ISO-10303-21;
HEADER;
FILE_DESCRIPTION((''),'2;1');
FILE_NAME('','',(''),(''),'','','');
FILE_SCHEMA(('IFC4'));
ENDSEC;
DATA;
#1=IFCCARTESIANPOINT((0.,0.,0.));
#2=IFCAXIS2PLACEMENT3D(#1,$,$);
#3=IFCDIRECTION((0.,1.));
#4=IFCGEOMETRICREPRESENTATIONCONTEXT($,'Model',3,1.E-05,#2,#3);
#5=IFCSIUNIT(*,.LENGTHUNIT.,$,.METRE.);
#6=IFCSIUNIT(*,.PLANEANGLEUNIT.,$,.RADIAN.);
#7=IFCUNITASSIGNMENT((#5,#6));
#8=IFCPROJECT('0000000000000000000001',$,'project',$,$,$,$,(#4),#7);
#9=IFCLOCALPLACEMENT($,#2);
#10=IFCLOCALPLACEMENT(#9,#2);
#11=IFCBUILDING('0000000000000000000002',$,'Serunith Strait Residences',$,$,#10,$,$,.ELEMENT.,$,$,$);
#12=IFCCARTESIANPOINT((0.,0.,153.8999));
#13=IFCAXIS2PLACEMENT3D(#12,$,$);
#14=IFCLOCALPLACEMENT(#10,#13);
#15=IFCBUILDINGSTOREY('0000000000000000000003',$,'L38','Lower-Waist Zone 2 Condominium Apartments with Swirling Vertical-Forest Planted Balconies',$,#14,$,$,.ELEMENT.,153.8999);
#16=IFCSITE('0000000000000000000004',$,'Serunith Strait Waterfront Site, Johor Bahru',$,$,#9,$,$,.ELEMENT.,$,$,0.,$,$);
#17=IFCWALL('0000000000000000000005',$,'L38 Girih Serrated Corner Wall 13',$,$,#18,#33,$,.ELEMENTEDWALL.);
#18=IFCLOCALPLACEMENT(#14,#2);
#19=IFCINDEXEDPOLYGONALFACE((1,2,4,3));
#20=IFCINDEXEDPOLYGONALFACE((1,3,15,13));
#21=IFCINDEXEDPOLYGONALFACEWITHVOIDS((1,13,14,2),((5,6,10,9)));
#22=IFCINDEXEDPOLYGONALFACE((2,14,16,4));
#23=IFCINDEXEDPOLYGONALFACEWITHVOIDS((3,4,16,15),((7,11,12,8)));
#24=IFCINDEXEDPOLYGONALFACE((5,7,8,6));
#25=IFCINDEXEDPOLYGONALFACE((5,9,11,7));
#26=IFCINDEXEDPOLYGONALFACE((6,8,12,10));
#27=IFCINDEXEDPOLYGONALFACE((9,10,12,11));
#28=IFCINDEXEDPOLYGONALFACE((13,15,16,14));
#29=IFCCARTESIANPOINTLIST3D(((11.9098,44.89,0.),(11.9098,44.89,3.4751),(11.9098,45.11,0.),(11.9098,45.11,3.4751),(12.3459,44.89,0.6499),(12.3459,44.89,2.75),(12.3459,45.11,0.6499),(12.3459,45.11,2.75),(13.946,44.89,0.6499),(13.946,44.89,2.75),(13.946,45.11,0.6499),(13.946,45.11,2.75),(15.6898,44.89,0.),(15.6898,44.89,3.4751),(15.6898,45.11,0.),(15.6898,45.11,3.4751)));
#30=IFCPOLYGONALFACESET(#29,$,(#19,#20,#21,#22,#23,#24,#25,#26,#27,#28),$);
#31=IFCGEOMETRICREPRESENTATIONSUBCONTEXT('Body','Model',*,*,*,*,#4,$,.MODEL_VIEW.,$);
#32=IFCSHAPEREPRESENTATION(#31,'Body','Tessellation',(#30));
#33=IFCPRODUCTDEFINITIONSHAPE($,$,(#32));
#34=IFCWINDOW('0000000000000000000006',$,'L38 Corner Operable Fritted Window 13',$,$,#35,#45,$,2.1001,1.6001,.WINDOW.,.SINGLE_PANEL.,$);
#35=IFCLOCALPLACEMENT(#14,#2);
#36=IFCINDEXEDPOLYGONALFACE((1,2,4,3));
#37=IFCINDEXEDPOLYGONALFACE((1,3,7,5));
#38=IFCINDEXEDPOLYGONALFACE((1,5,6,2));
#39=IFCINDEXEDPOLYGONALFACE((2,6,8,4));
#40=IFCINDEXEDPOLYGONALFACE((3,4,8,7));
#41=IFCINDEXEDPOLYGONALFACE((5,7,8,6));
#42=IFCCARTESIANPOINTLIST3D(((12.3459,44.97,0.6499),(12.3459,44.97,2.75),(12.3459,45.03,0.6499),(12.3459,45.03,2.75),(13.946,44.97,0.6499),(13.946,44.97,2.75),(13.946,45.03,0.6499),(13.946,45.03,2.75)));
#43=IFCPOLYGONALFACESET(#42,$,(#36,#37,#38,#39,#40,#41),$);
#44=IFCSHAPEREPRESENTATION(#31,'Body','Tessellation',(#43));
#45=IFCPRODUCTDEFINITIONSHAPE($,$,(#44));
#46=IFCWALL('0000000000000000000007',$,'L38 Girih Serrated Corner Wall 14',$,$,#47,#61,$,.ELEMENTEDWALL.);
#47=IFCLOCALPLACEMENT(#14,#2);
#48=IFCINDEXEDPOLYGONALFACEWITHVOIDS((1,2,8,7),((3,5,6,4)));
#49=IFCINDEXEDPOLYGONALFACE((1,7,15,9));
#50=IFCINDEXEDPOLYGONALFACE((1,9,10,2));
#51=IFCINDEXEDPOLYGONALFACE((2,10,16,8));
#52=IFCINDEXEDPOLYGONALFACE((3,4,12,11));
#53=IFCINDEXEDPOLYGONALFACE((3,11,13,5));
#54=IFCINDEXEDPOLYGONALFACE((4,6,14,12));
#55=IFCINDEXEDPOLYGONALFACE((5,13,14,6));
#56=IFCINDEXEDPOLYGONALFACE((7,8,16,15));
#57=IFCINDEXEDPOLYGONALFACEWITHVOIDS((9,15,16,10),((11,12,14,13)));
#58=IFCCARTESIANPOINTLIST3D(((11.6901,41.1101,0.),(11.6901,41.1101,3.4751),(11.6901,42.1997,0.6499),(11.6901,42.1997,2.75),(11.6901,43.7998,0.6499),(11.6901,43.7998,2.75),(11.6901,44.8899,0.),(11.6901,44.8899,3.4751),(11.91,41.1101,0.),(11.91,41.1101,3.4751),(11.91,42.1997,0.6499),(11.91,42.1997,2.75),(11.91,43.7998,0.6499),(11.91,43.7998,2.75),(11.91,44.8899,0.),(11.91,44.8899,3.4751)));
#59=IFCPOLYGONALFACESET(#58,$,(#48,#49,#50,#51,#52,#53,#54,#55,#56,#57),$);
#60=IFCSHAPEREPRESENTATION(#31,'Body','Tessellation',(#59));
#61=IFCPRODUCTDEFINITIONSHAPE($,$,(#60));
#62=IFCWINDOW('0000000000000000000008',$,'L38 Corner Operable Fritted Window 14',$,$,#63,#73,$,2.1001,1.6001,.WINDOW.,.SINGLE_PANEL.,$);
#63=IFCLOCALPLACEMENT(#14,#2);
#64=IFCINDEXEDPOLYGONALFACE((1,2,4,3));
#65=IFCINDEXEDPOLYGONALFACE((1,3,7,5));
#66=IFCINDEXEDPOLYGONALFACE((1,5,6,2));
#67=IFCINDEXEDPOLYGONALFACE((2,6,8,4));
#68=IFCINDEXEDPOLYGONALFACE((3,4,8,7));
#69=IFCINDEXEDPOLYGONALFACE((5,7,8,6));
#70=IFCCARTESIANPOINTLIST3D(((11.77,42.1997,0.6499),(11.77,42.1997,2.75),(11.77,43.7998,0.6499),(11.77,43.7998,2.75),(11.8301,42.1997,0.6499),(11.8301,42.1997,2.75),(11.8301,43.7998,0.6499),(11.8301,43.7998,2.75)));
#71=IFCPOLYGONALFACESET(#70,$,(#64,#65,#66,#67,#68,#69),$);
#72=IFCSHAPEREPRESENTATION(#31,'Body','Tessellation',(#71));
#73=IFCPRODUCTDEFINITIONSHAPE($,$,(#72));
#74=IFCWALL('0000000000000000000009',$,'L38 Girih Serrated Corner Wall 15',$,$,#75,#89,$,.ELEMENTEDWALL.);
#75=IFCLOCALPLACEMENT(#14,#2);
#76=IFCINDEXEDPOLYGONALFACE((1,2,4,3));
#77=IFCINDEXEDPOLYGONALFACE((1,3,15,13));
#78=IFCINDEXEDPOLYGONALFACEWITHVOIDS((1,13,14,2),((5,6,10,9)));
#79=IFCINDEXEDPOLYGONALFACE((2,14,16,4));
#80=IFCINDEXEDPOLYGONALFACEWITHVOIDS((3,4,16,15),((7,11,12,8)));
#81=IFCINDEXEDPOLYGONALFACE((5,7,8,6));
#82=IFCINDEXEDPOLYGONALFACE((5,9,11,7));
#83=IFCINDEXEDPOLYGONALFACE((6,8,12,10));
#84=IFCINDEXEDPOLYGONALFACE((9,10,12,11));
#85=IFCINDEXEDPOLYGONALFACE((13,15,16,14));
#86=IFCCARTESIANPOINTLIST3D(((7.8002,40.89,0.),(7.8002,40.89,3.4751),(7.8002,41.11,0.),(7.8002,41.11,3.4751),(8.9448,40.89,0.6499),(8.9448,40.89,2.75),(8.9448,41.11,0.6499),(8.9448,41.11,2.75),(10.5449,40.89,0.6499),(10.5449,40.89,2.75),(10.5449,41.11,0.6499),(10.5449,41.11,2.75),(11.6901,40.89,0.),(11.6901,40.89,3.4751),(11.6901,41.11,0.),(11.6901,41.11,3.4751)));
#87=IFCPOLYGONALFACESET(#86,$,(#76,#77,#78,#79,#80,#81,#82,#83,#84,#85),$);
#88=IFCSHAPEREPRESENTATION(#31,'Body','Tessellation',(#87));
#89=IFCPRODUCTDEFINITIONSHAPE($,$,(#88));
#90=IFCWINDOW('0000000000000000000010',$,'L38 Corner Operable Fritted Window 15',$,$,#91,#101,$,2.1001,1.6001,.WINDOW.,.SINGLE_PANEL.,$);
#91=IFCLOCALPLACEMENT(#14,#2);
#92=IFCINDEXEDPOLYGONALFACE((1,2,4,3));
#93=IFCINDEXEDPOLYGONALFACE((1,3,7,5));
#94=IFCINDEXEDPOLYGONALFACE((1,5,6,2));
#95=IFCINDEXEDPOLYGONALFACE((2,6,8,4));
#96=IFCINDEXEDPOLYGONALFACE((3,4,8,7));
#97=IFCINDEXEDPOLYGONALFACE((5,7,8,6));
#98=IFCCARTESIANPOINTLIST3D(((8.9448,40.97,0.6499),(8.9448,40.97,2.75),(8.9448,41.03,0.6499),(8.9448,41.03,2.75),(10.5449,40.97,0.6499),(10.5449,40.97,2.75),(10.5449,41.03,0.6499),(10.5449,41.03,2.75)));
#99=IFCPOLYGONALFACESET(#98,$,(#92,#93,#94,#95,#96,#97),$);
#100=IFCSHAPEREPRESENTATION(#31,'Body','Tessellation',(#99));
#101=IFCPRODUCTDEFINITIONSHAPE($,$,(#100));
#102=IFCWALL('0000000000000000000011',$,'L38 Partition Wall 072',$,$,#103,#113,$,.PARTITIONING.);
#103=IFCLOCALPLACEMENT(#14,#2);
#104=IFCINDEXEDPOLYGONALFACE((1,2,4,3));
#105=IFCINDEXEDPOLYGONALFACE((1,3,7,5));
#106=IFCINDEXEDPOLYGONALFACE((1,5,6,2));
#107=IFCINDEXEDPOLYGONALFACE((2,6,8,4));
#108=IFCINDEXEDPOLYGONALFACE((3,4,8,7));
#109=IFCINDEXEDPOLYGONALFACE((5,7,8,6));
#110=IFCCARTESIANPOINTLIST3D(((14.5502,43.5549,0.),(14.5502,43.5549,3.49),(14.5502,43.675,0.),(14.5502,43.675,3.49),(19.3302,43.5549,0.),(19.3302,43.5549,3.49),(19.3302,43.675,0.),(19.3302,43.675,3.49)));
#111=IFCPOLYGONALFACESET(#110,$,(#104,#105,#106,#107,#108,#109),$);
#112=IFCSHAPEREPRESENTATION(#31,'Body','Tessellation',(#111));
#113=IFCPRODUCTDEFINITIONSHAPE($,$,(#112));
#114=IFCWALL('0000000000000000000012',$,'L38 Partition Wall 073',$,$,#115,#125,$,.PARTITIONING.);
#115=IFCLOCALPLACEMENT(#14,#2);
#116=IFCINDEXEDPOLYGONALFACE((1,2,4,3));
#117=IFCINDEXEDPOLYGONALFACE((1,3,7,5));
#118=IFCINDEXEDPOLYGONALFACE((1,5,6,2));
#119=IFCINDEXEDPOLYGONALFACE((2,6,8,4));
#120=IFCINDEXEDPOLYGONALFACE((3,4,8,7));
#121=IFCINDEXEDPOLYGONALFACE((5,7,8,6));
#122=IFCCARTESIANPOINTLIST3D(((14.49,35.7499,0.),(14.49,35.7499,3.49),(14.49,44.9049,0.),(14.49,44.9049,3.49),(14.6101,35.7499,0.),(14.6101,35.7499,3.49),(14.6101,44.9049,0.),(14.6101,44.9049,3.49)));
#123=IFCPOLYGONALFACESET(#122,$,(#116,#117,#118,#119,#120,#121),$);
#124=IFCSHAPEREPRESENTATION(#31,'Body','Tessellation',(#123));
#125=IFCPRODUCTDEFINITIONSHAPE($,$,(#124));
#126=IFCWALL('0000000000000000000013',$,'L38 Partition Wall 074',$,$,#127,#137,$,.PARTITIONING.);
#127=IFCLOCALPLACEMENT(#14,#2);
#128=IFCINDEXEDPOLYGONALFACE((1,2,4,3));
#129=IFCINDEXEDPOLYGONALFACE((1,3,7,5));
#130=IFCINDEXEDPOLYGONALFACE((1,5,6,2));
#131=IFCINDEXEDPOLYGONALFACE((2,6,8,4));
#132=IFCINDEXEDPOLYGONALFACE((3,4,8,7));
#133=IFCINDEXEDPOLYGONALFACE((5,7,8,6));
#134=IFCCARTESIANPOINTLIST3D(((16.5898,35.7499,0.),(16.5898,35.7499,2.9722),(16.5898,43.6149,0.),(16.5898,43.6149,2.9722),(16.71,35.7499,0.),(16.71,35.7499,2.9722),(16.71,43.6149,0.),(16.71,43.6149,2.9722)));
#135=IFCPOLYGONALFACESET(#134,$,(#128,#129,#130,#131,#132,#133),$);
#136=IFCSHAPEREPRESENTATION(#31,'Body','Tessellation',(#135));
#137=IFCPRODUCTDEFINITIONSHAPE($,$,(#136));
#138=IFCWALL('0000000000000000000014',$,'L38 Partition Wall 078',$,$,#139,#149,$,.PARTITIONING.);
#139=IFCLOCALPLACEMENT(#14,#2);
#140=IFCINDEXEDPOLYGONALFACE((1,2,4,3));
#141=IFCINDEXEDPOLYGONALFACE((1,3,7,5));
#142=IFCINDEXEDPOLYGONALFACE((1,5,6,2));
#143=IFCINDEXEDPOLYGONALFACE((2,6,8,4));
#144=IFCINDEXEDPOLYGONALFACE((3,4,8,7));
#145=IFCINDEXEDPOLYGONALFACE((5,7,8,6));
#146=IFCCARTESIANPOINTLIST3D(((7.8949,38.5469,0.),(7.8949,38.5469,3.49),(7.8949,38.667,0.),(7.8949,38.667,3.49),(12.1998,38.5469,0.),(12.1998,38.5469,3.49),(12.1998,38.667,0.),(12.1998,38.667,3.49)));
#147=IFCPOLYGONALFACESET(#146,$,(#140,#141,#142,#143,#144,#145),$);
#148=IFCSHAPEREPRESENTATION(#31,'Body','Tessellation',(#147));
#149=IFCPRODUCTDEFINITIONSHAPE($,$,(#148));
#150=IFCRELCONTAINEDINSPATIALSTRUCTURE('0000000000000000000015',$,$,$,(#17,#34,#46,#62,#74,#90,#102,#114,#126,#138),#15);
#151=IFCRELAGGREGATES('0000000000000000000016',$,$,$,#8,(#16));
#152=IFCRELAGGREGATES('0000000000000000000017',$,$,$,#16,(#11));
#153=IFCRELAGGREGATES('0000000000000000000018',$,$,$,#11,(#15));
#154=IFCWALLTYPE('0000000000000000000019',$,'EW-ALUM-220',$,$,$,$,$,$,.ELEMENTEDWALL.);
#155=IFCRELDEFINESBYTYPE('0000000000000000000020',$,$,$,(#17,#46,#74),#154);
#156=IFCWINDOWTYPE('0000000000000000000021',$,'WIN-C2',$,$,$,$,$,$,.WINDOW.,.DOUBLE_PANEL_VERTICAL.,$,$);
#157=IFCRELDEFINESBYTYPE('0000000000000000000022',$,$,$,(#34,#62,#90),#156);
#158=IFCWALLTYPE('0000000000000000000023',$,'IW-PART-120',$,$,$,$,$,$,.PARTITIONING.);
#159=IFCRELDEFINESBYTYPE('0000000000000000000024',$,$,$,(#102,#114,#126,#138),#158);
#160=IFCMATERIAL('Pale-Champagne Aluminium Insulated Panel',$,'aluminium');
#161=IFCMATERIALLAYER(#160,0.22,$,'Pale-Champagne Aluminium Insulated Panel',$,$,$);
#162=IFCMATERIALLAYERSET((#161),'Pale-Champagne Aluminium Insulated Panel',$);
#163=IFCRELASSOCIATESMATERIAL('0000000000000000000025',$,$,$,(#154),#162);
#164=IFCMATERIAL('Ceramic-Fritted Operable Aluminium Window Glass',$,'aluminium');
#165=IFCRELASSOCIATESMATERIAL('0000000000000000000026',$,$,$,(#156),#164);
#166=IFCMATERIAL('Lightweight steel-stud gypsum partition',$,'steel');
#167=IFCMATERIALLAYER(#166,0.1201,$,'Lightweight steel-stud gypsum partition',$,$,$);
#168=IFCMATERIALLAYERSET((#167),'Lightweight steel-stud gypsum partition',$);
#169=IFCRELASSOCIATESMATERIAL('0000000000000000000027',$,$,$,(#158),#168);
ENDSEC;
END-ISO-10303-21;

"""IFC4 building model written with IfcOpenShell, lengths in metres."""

from ifc_helpers import new_model, si_unit, direction, frame, frame_2d, origin, place, context, subcontext, project, spatial, rectangle, extrude, source, transform, mapped, material, layer, layer_set, type_object, element, fill, save


model = new_model("IFC4")

# Units and contexts
model_context = context("Model", 3, precision=1e-05, world=origin(), true_north=direction((0.0, 1.0)))
body_context = subcontext(model_context, "Body", "Model", "MODEL_VIEW")
ifc_project = project(units=[si_unit("LENGTHUNIT", "METRE"), si_unit("PLANEANGLEUNIT", "RADIAN")], contexts=[model_context])

# Site, building, storey
site_placement = place(None, origin())
site = spatial("IfcSite", under=ifc_project, at=site_placement, Name="Serunith Strait Waterfront Site, Johor Bahru", CompositionType="ELEMENT", RefElevation=0.0)
building_placement = place(site_placement, origin())
building = spatial("IfcBuilding", under=site, at=building_placement, Name="Serunith Strait Residences", CompositionType="ELEMENT")
storey_placement = place(building_placement, frame((0.0, 0.0, 153.8999)))
storey = spatial("IfcBuildingStorey", under=building, at=storey_placement, Name="L38", Description="Lower-Waist Zone 2 Condominium Apartments with Swirling Vertical-Forest Planted Balconies", CompositionType="ELEMENT", Elevation=153.8999)

# Walls, openings, windows
ifc_material_1 = material(Name="Pale-Champagne Aluminium Insulated Panel", Category="aluminium")
ifc_layer_1 = layer(ifc_material_1, 0.22, Name="Pale-Champagne Aluminium Insulated Panel")
ifc_layer_set_1 = layer_set([ifc_layer_1], Name="Pale-Champagne Aluminium Insulated Panel")
wall_type_1 = type_object("IfcWallType", Name="EW-ALUM-220", PredefinedType="ELEMENTEDWALL", material=ifc_layer_set_1)
ifc_material_2 = material(Name="Ceramic-Fritted Operable Aluminium Window Glass", Category="aluminium")
window_type = type_object("IfcWindowType", Name="WIN-C2", PartitioningType="DOUBLE_PANEL_VERTICAL", PredefinedType="WINDOW", material=ifc_material_2)
shared_shape_1 = source(origin(), body_context, "Body", "SweptSolid", [
    extrude(rectangle(XDim=1.6001, YDim=2.1001, at=frame_2d((0.8, 1.05))), frame((0.0, 0.03, 0.0), z_axis=(0.0, -1.0, 0.0), x_axis=(1.0, 0.0, 0.0)), (0.0, 0.0, 1.0), 0.0601),
])
wall_1_placement = place(storey_placement, frame((15.6899, 45.0, 0.0), z_axis=(0.0, 0.0, 1.0), x_axis=(-1.0, 0.0, 0.0)))
wall_1 = element("IfcWall", 1, at=wall_1_placement, inside=storey, type_object=wall_type_1, Name="L38 Girih Serrated Corner Wall 13", PredefinedType="ELEMENTEDWALL", context=body_context, shape_type="SweptSolid", body=[
    extrude(rectangle(XDim=3.78, YDim=0.22, at=frame_2d((1.8901, 0.0))), origin(), (0.0, 0.0, 1.0), 3.4751),
])
opening_1_placement = place(wall_1_placement, frame((1.7439, 0.0, 0.6499)))
opening_1 = element("IfcOpeningElement", 2, at=opening_1_placement, cuts=wall_1, PredefinedType="OPENING", context=body_context, shape_type="SweptSolid", body=[
    extrude(rectangle(XDim=1.6001, YDim=2.1001, at=frame_2d((0.8, 1.05))), frame((0.0, 0.1201, 0.0), z_axis=(0.0, -1.0, 0.0), x_axis=(1.0, 0.0, 0.0)), (0.0, 0.0, 1.0), 0.24),
])
window_1_placement = place(opening_1_placement, origin())
window_1 = element("IfcWindow", 3, at=window_1_placement, inside=storey, type_object=window_type, Name="L38 Corner Operable Fritted Window 13", OverallHeight=2.1001, OverallWidth=1.6001, PartitioningType="SINGLE_PANEL", PredefinedType="WINDOW", context=body_context, shape_type="MappedRepresentation", body=[
    mapped(shared_shape_1, transform((0.0, 0.0, 0.0), scale=1.0)),
])
fill(opening_1, window_1)
wall_2_placement = place(storey_placement, frame((11.8, 44.8899, 0.0), z_axis=(0.0, 0.0, 1.0), x_axis=(0.0, -1.0, 0.0)))
wall_2 = element("IfcWall", 4, at=wall_2_placement, inside=storey, type_object=wall_type_1, Name="L38 Girih Serrated Corner Wall 14", PredefinedType="ELEMENTEDWALL", context=body_context, shape_type="SweptSolid", body=[
    extrude(rectangle(XDim=3.7798, YDim=0.22, at=frame_2d((1.8899, 0.0))), origin(), (0.0, 0.0, 1.0), 3.4751),
])
opening_2_placement = place(wall_2_placement, frame((1.0901, 0.0, 0.6499)))
opening_2 = element("IfcOpeningElement", 5, at=opening_2_placement, cuts=wall_2, PredefinedType="OPENING", context=body_context, shape_type="SweptSolid", body=[
    extrude(rectangle(XDim=1.6001, YDim=2.1001, at=frame_2d((0.8, 1.05))), frame((0.0, 0.1201, 0.0), z_axis=(0.0, -1.0, 0.0), x_axis=(1.0, 0.0, 0.0)), (0.0, 0.0, 1.0), 0.24),
])
window_2_placement = place(opening_2_placement, origin())
window_2 = element("IfcWindow", 6, at=window_2_placement, inside=storey, type_object=window_type, Name="L38 Corner Operable Fritted Window 14", OverallHeight=2.1001, OverallWidth=1.6001, PartitioningType="SINGLE_PANEL", PredefinedType="WINDOW", context=body_context, shape_type="MappedRepresentation", body=[
    mapped(shared_shape_1, transform((0.0, 0.0, 0.0), scale=1.0)),
])
fill(opening_2, window_2)
wall_3_placement = place(storey_placement, frame((11.6899, 41.0, 0.0), z_axis=(0.0, 0.0, 1.0), x_axis=(-1.0, 0.0, 0.0)))
wall_3 = element("IfcWall", 7, at=wall_3_placement, inside=storey, type_object=wall_type_1, Name="L38 Girih Serrated Corner Wall 15", PredefinedType="ELEMENTEDWALL", context=body_context, shape_type="SweptSolid", body=[
    extrude(rectangle(XDim=3.8899, YDim=0.22, at=frame_2d((1.9448, 0.0))), origin(), (0.0, 0.0, 1.0), 3.4751),
])
opening_3_placement = place(wall_3_placement, frame((1.145, 0.0, 0.6499)))
opening_3 = element("IfcOpeningElement", 8, at=opening_3_placement, cuts=wall_3, PredefinedType="OPENING", context=body_context, shape_type="SweptSolid", body=[
    extrude(rectangle(XDim=1.6001, YDim=2.1001, at=frame_2d((0.8, 1.05))), frame((0.0, 0.1201, 0.0), z_axis=(0.0, -1.0, 0.0), x_axis=(1.0, 0.0, 0.0)), (0.0, 0.0, 1.0), 0.24),
])
window_3_placement = place(opening_3_placement, origin())
window_3 = element("IfcWindow", 9, at=window_3_placement, inside=storey, type_object=window_type, Name="L38 Corner Operable Fritted Window 15", OverallHeight=2.1001, OverallWidth=1.6001, PartitioningType="SINGLE_PANEL", PredefinedType="WINDOW", context=body_context, shape_type="MappedRepresentation", body=[
    mapped(shared_shape_1, transform((0.0, 0.0, 0.0), scale=1.0)),
])
fill(opening_3, window_3)

# Walls
ifc_material_3 = material(Name="Lightweight steel-stud gypsum partition", Category="steel")
ifc_layer_2 = layer(ifc_material_3, 0.1201, Name="Lightweight steel-stud gypsum partition")
ifc_layer_set_2 = layer_set([ifc_layer_2], Name="Lightweight steel-stud gypsum partition")
wall_type_2 = type_object("IfcWallType", Name="IW-PART-120", PredefinedType="PARTITIONING", material=ifc_layer_set_2)
wall_4_placement = place(storey_placement, frame((14.55, 43.615, 0.0), z_axis=(0.0, 0.0, 1.0), x_axis=(1.0, 0.0, 0.0)))
element("IfcWall", 10, at=wall_4_placement, inside=storey, type_object=wall_type_2, Name="L38 Partition Wall 072", PredefinedType="PARTITIONING", context=body_context, shape_type="SweptSolid", body=[
    extrude(rectangle(XDim=4.78, YDim=0.1201, at=frame_2d((2.3901, 0.0))), origin(), (0.0, 0.0, 1.0), 3.49),
])
wall_5_placement = place(storey_placement, frame((14.55, 44.905, 0.0), z_axis=(0.0, 0.0, 1.0), x_axis=(0.0, -1.0, 0.0)))
element("IfcWall", 11, at=wall_5_placement, inside=storey, type_object=wall_type_2, Name="L38 Partition Wall 073", PredefinedType="PARTITIONING", context=body_context, shape_type="SweptSolid", body=[
    extrude(rectangle(XDim=9.155, YDim=0.1201, at=frame_2d((4.5776, 0.0))), origin(), (0.0, 0.0, 1.0), 3.49),
])
wall_6_placement = place(storey_placement, frame((16.6499, 43.615, 0.0), z_axis=(0.0, 0.0, 1.0), x_axis=(0.0, -1.0, 0.0)))
element("IfcWall", 12, at=wall_6_placement, inside=storey, type_object=wall_type_2, Name="L38 Partition Wall 074", PredefinedType="PARTITIONING", context=body_context, shape_type="SweptSolid", body=[
    extrude(rectangle(XDim=7.865, YDim=0.1201, at=frame_2d((3.9326, 0.0))), origin(), (0.0, 0.0, 1.0), 2.9722),
])
wall_7_placement = place(storey_placement, frame((7.895, 38.6069, 0.0), z_axis=(0.0, 0.0, 1.0), x_axis=(1.0, 0.0, 0.0)))
element("IfcWall", 13, at=wall_7_placement, inside=storey, type_object=wall_type_2, Name="L38 Partition Wall 078", PredefinedType="PARTITIONING", context=body_context, shape_type="SweptSolid", body=[
    extrude(rectangle(XDim=4.3049, YDim=0.1201, at=frame_2d((2.1523, 0.0))), origin(), (0.0, 0.0, 1.0), 3.49),
])

save(model, "model.ifc")
